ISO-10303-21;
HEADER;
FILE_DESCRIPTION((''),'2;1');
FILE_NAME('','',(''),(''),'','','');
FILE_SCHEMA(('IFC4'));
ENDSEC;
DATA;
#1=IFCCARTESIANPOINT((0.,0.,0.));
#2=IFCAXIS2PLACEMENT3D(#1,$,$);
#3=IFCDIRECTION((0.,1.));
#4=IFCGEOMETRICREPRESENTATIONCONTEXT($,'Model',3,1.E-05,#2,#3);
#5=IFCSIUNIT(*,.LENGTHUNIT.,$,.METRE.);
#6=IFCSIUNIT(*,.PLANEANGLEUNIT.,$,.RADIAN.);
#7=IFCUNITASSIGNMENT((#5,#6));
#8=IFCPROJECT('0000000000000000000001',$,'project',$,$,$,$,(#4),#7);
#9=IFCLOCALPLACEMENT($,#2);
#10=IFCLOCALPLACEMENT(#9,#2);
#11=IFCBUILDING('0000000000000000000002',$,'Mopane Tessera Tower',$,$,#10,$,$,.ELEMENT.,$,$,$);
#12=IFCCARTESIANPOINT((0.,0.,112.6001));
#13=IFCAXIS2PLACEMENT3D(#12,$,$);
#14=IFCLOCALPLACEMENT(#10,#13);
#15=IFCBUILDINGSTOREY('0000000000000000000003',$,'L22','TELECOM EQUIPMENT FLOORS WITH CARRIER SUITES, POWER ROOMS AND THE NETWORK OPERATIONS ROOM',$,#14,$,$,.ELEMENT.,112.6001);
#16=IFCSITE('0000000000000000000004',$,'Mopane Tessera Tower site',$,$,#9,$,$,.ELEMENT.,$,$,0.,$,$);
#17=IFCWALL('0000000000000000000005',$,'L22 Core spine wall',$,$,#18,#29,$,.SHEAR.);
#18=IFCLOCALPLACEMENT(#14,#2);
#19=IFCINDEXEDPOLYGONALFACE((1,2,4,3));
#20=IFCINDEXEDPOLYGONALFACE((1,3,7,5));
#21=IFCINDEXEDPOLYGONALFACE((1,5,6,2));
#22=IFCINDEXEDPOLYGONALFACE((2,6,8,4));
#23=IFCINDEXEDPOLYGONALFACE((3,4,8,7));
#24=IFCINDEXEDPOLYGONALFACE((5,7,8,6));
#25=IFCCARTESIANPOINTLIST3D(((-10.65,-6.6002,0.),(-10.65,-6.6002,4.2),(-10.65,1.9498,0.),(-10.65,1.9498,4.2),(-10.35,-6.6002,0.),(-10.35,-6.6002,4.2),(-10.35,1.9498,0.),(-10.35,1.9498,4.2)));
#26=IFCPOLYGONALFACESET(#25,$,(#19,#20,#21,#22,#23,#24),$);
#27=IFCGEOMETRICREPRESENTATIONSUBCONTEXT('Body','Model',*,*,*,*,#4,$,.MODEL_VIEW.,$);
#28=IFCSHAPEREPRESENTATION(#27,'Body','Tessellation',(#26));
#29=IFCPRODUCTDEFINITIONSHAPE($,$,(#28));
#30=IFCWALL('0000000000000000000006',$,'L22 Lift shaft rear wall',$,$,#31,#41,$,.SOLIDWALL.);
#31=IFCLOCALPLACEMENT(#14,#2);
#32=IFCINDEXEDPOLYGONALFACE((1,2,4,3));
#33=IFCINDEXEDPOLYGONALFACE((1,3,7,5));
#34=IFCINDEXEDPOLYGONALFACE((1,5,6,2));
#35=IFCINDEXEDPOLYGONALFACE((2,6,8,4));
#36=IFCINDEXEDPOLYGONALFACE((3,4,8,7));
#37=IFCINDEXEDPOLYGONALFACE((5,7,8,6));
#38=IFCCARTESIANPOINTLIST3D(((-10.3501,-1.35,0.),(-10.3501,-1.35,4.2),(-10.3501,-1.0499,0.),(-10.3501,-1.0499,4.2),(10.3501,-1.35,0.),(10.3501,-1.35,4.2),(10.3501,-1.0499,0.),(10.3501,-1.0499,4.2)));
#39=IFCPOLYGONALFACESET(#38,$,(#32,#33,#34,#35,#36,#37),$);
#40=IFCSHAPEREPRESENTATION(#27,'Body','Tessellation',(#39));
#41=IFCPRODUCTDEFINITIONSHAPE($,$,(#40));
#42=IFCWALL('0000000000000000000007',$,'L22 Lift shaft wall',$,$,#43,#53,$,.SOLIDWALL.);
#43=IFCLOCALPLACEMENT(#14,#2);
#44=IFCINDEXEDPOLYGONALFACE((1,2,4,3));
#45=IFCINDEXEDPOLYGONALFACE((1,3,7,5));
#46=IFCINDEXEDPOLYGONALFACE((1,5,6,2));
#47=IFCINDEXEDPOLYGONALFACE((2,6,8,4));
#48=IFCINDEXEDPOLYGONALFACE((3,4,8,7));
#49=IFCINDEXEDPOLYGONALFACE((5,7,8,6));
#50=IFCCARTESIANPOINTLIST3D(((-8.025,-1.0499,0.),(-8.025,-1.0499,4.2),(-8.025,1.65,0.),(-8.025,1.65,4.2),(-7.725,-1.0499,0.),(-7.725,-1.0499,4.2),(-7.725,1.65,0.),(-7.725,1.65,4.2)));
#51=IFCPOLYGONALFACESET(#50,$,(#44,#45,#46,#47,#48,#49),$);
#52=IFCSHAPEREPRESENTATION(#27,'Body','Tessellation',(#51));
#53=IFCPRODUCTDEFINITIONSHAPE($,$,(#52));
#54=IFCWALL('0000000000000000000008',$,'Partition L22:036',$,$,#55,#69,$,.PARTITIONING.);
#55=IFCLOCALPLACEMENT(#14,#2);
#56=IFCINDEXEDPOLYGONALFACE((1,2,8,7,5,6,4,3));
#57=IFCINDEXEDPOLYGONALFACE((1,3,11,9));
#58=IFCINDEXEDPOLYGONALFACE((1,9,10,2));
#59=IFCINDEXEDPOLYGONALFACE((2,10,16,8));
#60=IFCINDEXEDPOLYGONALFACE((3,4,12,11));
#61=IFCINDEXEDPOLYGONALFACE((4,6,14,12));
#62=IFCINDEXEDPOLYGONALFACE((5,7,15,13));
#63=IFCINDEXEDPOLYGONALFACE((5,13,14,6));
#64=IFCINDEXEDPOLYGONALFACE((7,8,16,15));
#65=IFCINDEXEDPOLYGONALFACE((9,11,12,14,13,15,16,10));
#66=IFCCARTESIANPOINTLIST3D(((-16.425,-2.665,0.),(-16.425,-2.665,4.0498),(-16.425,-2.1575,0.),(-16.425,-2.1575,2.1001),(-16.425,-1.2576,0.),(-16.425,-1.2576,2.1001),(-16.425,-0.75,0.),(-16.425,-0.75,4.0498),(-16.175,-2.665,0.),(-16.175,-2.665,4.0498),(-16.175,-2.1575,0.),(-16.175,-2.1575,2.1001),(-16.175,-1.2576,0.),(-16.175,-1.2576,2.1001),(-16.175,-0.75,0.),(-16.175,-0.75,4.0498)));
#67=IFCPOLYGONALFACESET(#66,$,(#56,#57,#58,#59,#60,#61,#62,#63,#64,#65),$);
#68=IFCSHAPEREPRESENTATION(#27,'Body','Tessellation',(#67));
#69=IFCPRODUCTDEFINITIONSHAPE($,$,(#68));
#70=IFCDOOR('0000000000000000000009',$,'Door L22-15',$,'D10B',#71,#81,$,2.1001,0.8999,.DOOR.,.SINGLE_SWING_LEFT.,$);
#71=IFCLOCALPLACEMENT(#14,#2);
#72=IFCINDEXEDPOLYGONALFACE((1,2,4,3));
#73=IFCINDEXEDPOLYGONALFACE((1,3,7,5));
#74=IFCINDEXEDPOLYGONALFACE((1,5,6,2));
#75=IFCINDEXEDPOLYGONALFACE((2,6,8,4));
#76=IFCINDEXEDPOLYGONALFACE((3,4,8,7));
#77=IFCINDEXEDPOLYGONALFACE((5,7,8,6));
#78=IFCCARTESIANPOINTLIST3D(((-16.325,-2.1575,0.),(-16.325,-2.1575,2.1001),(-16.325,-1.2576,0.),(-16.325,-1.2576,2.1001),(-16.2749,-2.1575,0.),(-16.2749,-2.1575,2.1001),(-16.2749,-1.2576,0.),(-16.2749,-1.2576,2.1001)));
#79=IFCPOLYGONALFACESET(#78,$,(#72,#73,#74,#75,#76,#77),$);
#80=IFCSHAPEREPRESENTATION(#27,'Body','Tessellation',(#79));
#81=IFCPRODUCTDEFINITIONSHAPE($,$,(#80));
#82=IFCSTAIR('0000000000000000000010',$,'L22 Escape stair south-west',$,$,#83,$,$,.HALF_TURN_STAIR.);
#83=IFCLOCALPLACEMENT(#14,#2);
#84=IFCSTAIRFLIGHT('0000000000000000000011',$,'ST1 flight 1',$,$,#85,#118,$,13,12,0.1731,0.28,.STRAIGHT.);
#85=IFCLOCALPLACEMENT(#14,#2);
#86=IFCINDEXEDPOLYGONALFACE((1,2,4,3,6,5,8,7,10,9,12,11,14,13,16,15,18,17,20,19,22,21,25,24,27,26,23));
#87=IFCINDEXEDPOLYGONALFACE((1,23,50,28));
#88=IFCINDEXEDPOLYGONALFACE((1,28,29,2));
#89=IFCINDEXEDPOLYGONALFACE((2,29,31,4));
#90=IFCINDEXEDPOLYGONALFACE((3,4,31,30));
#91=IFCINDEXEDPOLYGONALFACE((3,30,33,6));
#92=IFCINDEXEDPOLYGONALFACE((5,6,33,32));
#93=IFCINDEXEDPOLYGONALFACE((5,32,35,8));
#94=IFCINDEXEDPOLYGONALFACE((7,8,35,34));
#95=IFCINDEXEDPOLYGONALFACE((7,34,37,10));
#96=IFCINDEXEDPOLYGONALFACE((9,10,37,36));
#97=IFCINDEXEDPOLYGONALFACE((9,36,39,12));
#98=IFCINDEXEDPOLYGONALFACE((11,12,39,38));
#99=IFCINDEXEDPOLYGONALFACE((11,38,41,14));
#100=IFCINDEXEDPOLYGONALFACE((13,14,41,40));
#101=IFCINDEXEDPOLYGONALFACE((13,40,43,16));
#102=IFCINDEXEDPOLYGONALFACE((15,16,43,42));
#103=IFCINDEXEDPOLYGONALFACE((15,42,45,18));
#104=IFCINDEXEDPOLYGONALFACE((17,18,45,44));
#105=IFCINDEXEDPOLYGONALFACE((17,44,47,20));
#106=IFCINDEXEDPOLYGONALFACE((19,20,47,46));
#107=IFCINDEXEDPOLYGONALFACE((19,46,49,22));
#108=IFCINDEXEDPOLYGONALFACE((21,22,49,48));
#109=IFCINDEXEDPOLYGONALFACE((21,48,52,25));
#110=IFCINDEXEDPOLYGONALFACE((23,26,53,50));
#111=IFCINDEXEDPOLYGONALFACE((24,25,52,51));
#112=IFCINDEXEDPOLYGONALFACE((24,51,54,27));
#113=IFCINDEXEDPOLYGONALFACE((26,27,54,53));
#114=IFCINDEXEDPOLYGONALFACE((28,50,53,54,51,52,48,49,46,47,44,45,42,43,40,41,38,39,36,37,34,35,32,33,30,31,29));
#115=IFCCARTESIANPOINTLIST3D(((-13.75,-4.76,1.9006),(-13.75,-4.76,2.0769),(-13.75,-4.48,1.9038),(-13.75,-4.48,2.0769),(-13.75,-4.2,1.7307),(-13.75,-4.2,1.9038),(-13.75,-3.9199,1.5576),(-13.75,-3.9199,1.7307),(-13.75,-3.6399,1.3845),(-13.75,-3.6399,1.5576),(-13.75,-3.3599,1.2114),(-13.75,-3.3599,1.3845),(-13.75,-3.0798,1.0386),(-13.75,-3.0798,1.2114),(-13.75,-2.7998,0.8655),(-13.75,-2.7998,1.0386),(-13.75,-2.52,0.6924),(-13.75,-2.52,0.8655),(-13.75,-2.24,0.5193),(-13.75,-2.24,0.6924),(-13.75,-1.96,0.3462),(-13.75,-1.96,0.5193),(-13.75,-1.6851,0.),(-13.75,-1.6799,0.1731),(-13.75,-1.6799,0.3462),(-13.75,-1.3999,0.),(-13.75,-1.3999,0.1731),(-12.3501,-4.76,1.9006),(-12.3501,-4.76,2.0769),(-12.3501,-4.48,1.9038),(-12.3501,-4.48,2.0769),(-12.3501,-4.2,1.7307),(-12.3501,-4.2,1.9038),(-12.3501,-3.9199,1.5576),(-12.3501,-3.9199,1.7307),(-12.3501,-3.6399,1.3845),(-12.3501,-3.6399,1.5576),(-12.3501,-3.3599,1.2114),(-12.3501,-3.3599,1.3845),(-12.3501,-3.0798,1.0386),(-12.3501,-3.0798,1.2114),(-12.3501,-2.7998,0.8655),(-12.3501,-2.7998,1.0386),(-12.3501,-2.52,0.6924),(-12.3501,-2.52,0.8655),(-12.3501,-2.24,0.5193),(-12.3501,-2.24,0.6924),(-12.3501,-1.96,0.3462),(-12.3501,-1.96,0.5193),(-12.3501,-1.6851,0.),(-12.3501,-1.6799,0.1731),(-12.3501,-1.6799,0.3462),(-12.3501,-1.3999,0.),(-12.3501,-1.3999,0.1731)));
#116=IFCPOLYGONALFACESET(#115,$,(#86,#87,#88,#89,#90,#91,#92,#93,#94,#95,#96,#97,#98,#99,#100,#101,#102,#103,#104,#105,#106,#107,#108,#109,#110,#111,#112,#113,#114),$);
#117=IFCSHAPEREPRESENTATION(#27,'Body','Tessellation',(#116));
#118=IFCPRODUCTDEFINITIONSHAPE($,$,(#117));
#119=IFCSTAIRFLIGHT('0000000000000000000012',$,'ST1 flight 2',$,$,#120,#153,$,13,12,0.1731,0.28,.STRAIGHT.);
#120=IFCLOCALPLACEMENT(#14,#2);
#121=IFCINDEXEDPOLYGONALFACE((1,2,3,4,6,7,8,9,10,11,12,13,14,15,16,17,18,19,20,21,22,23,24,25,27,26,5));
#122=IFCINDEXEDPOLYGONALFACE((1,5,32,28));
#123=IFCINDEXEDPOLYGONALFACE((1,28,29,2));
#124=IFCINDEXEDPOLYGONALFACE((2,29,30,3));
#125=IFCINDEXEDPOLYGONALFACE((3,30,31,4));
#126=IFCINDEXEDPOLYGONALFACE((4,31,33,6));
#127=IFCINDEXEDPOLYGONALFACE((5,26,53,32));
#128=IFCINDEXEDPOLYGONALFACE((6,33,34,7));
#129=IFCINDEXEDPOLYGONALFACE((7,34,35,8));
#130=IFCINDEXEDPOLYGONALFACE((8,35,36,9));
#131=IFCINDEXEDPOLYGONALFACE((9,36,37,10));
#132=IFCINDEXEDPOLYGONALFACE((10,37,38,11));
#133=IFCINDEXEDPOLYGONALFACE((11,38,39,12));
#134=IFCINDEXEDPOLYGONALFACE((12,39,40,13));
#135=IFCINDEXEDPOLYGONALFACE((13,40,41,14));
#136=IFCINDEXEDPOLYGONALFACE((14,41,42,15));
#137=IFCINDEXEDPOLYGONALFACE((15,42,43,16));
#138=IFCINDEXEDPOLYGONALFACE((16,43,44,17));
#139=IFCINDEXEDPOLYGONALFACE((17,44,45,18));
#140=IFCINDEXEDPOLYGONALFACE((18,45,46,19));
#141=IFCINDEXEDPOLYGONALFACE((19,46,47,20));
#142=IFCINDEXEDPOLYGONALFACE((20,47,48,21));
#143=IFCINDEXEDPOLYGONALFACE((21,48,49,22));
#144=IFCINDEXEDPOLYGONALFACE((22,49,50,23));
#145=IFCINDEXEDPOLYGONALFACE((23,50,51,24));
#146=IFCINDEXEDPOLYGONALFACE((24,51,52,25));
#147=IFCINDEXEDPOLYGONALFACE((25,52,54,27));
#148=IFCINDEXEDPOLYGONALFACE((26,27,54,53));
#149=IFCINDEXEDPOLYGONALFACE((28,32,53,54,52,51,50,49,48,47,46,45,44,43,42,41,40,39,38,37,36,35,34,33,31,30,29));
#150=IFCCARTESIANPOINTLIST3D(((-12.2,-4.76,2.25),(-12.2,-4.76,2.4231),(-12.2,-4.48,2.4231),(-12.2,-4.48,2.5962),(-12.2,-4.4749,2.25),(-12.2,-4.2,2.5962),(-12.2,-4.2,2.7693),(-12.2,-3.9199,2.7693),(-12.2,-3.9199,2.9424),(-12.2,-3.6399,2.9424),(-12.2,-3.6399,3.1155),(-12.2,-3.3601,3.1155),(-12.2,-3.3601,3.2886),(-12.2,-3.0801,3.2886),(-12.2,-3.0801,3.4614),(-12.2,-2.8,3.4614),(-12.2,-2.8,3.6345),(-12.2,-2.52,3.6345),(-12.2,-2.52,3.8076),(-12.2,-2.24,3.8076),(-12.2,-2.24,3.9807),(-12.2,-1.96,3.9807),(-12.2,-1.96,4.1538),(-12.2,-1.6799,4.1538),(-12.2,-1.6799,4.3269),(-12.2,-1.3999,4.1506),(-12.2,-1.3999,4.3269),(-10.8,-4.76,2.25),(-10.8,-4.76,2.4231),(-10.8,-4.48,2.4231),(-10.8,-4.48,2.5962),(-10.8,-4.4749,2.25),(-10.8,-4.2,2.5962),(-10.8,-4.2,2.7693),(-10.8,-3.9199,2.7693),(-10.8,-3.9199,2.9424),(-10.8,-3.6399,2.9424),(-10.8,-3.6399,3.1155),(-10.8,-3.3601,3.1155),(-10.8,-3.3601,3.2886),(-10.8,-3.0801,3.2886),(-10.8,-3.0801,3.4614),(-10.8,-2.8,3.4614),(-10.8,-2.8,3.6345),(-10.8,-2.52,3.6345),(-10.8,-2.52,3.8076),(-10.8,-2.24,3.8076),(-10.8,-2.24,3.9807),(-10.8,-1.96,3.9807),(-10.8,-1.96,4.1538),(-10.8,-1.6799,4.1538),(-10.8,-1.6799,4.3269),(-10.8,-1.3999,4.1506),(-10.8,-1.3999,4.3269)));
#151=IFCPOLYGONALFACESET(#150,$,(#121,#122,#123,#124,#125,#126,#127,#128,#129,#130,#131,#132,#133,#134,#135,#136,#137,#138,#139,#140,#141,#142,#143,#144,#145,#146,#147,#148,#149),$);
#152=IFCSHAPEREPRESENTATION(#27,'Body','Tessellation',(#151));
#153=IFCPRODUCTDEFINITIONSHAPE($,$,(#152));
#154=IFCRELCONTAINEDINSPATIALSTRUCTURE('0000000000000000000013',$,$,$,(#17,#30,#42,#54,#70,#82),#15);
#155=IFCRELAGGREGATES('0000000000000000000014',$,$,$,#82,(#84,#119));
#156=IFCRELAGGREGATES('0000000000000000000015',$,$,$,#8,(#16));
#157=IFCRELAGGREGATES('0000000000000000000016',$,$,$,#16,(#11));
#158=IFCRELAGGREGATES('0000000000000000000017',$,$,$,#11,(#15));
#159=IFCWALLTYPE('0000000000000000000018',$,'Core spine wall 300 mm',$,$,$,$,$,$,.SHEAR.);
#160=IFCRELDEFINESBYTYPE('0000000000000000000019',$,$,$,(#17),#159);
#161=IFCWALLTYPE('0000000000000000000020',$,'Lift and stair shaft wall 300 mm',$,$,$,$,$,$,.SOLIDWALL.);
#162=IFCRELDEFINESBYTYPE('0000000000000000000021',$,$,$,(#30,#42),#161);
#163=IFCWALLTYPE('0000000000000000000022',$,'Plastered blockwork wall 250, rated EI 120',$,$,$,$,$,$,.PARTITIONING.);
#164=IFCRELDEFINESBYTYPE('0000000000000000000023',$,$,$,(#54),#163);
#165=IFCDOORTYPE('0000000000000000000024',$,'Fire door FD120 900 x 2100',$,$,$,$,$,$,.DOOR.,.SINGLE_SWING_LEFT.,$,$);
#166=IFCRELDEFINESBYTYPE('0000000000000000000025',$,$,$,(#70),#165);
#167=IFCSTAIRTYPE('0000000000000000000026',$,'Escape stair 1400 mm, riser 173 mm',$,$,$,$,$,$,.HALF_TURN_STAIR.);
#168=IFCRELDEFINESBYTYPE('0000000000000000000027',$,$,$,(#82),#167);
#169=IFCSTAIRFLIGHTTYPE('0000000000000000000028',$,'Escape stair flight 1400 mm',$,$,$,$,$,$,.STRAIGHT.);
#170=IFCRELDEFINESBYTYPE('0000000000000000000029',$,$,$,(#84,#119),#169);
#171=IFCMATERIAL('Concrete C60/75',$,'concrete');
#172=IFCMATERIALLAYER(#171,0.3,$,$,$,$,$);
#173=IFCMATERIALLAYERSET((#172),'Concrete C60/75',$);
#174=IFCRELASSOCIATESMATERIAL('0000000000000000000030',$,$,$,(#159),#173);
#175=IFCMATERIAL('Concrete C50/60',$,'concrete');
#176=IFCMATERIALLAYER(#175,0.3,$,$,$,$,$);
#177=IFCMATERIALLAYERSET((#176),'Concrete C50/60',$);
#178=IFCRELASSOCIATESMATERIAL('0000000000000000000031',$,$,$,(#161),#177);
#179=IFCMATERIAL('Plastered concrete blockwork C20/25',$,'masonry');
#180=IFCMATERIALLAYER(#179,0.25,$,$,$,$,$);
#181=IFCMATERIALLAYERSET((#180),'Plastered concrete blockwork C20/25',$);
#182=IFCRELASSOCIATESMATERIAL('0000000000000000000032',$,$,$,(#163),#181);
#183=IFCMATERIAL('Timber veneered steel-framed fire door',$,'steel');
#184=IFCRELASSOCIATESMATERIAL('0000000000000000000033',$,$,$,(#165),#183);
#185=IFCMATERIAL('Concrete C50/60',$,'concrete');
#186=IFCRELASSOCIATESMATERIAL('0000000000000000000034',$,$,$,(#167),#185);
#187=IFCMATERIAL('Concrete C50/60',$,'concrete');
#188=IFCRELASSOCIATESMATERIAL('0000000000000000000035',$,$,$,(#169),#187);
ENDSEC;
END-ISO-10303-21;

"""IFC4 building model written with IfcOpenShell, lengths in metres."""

from ifc_helpers import new_model, si_unit, direction, frame, frame_2d, origin, place, context, subcontext, project, spatial, polyline, rectangle, outline, extrude, material, layer, layer_set, type_object, element, fill, aggregate, save


model = new_model("IFC4")

# Units and contexts
model_context = context("Model", 3, precision=1e-05, world=origin(), true_north=direction((0.0, 1.0)))
body_context = subcontext(model_context, "Body", "Model", "MODEL_VIEW")
ifc_project = project(units=[si_unit("LENGTHUNIT", "METRE"), si_unit("PLANEANGLEUNIT", "RADIAN")], contexts=[model_context])

# Site, building, storey
site_placement = place(None, origin())
site = spatial("IfcSite", under=ifc_project, at=site_placement, Name="Mopane Tessera Tower site", CompositionType="ELEMENT", RefElevation=0.0)
building_placement = place(site_placement, origin())
building = spatial("IfcBuilding", under=site, at=building_placement, Name="Mopane Tessera Tower", CompositionType="ELEMENT")
storey_placement = place(building_placement, frame((0.0, 0.0, 112.6001)))
storey = spatial("IfcBuildingStorey", under=building, at=storey_placement, Name="L22", Description="TELECOM EQUIPMENT FLOORS WITH CARRIER SUITES, POWER ROOMS AND THE NETWORK OPERATIONS ROOM", CompositionType="ELEMENT", Elevation=112.6001)

# Walls
ifc_material_1 = material(Name="Concrete C60/75", Category="concrete")
ifc_layer_1 = layer(ifc_material_1, 0.3)
ifc_layer_set_1 = layer_set([ifc_layer_1], Name="Concrete C60/75")
wall_type_1 = type_object("IfcWallType", Name="Core spine wall 300 mm", PredefinedType="SHEAR", material=ifc_layer_set_1)
wall_1_placement = place(storey_placement, frame((-10.5, -6.6001, 0.0), z_axis=(0.0, 0.0, 1.0), x_axis=(0.0, 1.0, 0.0)))
element("IfcWall", 1, at=wall_1_placement, inside=storey, type_object=wall_type_1, Name="L22 Core spine wall", PredefinedType="SHEAR", context=body_context, shape_type="SweptSolid", body=[
    extrude(rectangle(XDim=8.55, YDim=0.3, at=frame_2d((4.2749, 0.0))), origin(), (0.0, 0.0, 1.0), 4.2),
])
ifc_material_2 = material(Name="Concrete C50/60", Category="concrete")
ifc_layer_2 = layer(ifc_material_2, 0.3)
ifc_layer_set_2 = layer_set([ifc_layer_2], Name="Concrete C50/60")
wall_type_2 = type_object("IfcWallType", Name="Lift and stair shaft wall 300 mm", PredefinedType="SOLIDWALL", material=ifc_layer_set_2)
wall_2_placement = place(storey_placement, frame((-10.3501, -1.2, 0.0), z_axis=(0.0, 0.0, 1.0), x_axis=(1.0, 0.0, 0.0)))
element("IfcWall", 2, at=wall_2_placement, inside=storey, type_object=wall_type_2, Name="L22 Lift shaft rear wall", PredefinedType="SOLIDWALL", context=body_context, shape_type="SweptSolid", body=[
    extrude(rectangle(XDim=20.7002, YDim=0.3, at=frame_2d((10.3501, 0.0))), origin(), (0.0, 0.0, 1.0), 4.2),
])
wall_3_placement = place(storey_placement, frame((-7.875, -1.05, 0.0), z_axis=(0.0, 0.0, 1.0), x_axis=(0.0, 1.0, 0.0)))
element("IfcWall", 3, at=wall_3_placement, inside=storey, type_object=wall_type_2, Name="L22 Lift shaft wall", PredefinedType="SOLIDWALL", context=body_context, shape_type="SweptSolid", body=[
    extrude(rectangle(XDim=2.7, YDim=0.3, at=frame_2d((1.3501, 0.0))), origin(), (0.0, 0.0, 1.0), 4.2),
])

# Wall, opening, door
ifc_material_3 = material(Name="Plastered concrete blockwork C20/25", Category="masonry")
ifc_layer_3 = layer(ifc_material_3, 0.25)
ifc_layer_set_3 = layer_set([ifc_layer_3], Name="Plastered concrete blockwork C20/25")
wall_type_3 = type_object("IfcWallType", Name="Plastered blockwork wall 250, rated EI 120", PredefinedType="PARTITIONING", material=ifc_layer_set_3)
wall_4_placement = place(storey_placement, frame((-16.3, -2.665, 0.0), z_axis=(0.0, 0.0, 1.0), x_axis=(0.0, 1.0, 0.0)))
wall_4 = element("IfcWall", 4, at=wall_4_placement, inside=storey, type_object=wall_type_3, Name="Partition L22:036", PredefinedType="PARTITIONING", context=body_context, shape_type="SweptSolid", body=[
    extrude(rectangle(XDim=1.915, YDim=0.25, at=frame_2d((0.9575, 0.0))), origin(), (0.0, 0.0, 1.0), 4.0498),
])
opening_1_placement = place(wall_4_placement, frame((0.5076, 0.0, 0.0)))
opening_1 = element("IfcOpeningElement", 5, at=opening_1_placement, cuts=wall_4, PredefinedType="OPENING", context=body_context, shape_type="SweptSolid", body=[
    extrude(rectangle(XDim=0.8999, YDim=2.1001, at=frame_2d((0.45, 1.05))), frame((0.0, 0.137, 0.0), z_axis=(0.0, -1.0, 0.0), x_axis=(1.0, 0.0, 0.0)), (0.0, 0.0, 1.0), 0.2739),
])
ifc_material_4 = material(Name="Timber veneered steel-framed fire door", Category="steel")
door_type_1 = type_object("IfcDoorType", Name="Fire door FD120 900 x 2100", OperationType="SINGLE_SWING_LEFT", PredefinedType="DOOR", material=ifc_material_4)
door_1_placement = place(opening_1_placement, origin())
door_1 = element("IfcDoor", 6, at=door_1_placement, inside=storey, type_object=door_type_1, Name="Door L22-15", ObjectType="D10B", OperationType="SINGLE_SWING_LEFT", OverallHeight=2.1001, OverallWidth=0.8999, PredefinedType="DOOR", context=body_context, shape_type="SweptSolid", body=[
    extrude(rectangle(XDim=0.8999, YDim=2.1001, at=frame_2d((0.45, 1.05))), frame((0.0, 0.0249, 0.0), z_axis=(0.0, -1.0, 0.0), x_axis=(1.0, 0.0, 0.0)), (0.0, 0.0, 1.0), 0.05),
])
fill(opening_1, door_1)

# Stair, stair flights
ifc_material_5 = material(Name="Concrete C50/60", Category="concrete")
stair_type = type_object("IfcStairType", Name="Escape stair 1400 mm, riser 173 mm", PredefinedType="HALF_TURN_STAIR", material=ifc_material_5)
stair_placement = place(storey_placement, origin())
stair = element("IfcStair", 7, at=stair_placement, inside=storey, type_object=stair_type, Name="L22 Escape stair south-west", PredefinedType="HALF_TURN_STAIR")
ifc_material_6 = material(Name="Concrete C50/60", Category="concrete")
stair_flight_type = type_object("IfcStairFlightType", Name="Escape stair flight 1400 mm", PredefinedType="STRAIGHT", material=ifc_material_6)
stair_flight_1_placement = place(storey_placement, frame((-13.05, -1.3999, 0.0), z_axis=(0.0, 0.0, 1.0), x_axis=(0.0, -1.0, 0.0)))
stair_flight_1 = element("IfcStairFlight", 8, at=stair_flight_1_placement, type_object=stair_flight_type, Name="ST1 flight 1", NumberOfRisers=13, NumberOfTreads=12, PredefinedType="STRAIGHT", RiserHeight=0.1731, TreadLength=0.28, context=body_context, shape_type="SweptSolid", body=[
    extrude(outline(polyline([(0.0, 0.0), (0.0, 0.1731), (0.28, 0.1731), (0.28, 0.3462), (0.5601, 0.3462), (0.5601, 0.5193), (0.8401, 0.5193), (0.8401, 0.6924), (1.1201, 0.6924), (1.1201, 0.8655), (1.3999, 0.8655), (1.3999, 1.0386), (1.6799, 1.0386), (1.6799, 1.2114), (1.96, 1.2114), (1.96, 1.3845), (2.24, 1.3845), (2.24, 1.5576), (2.52, 1.5576), (2.52, 1.7307), (2.8, 1.7307), (2.8, 1.9038), (3.0801, 1.9038), (3.0801, 2.0769), (3.3601, 2.0769), (3.3601, 2.25), (3.3601, 1.9006), (0.2852, 0.0), (0.0, 0.0)])), frame((0.0, 0.7, 0.0), z_axis=(0.0, -1.0, 0.0), x_axis=(1.0, 0.0, 0.0)), (0.0, 0.0, 1.0), 1.3999),
])
stair_flight_2_placement = place(storey_placement, frame((-11.5, -4.76, 2.25), z_axis=(0.0, 0.0, 1.0), x_axis=(0.0, 1.0, 0.0)))
stair_flight_2 = element("IfcStairFlight", 9, at=stair_flight_2_placement, type_object=stair_flight_type, Name="ST1 flight 2", NumberOfRisers=13, NumberOfTreads=12, PredefinedType="STRAIGHT", RiserHeight=0.1731, TreadLength=0.28, context=body_context, shape_type="SweptSolid", body=[
    extrude(outline(polyline([(0.0, 0.0), (0.0, 0.1731), (0.28, 0.1731), (0.28, 0.3462), (0.5601, 0.3462), (0.5601, 0.5193), (0.8401, 0.5193), (0.8401, 0.6924), (1.1201, 0.6924), (1.1201, 0.8655), (1.3999, 0.8655), (1.3999, 1.0386), (1.6799, 1.0386), (1.6799, 1.2114), (1.96, 1.2114), (1.96, 1.3845), (2.24, 1.3845), (2.24, 1.5576), (2.52, 1.5576), (2.52, 1.7307), (2.8, 1.7307), (2.8, 1.9038), (3.0801, 1.9038), (3.0801, 2.0769), (3.3601, 2.0769), (3.3601, 2.25), (3.3601, 1.9006), (0.2852, 0.0), (0.0, 0.0)])), frame((0.0, 0.7, 0.0), z_axis=(0.0, -1.0, 0.0), x_axis=(1.0, 0.0, 0.0)), (0.0, 0.0, 1.0), 1.3999),
])
aggregate(stair, [stair_flight_1, stair_flight_2])

save(model, "model.ifc")
